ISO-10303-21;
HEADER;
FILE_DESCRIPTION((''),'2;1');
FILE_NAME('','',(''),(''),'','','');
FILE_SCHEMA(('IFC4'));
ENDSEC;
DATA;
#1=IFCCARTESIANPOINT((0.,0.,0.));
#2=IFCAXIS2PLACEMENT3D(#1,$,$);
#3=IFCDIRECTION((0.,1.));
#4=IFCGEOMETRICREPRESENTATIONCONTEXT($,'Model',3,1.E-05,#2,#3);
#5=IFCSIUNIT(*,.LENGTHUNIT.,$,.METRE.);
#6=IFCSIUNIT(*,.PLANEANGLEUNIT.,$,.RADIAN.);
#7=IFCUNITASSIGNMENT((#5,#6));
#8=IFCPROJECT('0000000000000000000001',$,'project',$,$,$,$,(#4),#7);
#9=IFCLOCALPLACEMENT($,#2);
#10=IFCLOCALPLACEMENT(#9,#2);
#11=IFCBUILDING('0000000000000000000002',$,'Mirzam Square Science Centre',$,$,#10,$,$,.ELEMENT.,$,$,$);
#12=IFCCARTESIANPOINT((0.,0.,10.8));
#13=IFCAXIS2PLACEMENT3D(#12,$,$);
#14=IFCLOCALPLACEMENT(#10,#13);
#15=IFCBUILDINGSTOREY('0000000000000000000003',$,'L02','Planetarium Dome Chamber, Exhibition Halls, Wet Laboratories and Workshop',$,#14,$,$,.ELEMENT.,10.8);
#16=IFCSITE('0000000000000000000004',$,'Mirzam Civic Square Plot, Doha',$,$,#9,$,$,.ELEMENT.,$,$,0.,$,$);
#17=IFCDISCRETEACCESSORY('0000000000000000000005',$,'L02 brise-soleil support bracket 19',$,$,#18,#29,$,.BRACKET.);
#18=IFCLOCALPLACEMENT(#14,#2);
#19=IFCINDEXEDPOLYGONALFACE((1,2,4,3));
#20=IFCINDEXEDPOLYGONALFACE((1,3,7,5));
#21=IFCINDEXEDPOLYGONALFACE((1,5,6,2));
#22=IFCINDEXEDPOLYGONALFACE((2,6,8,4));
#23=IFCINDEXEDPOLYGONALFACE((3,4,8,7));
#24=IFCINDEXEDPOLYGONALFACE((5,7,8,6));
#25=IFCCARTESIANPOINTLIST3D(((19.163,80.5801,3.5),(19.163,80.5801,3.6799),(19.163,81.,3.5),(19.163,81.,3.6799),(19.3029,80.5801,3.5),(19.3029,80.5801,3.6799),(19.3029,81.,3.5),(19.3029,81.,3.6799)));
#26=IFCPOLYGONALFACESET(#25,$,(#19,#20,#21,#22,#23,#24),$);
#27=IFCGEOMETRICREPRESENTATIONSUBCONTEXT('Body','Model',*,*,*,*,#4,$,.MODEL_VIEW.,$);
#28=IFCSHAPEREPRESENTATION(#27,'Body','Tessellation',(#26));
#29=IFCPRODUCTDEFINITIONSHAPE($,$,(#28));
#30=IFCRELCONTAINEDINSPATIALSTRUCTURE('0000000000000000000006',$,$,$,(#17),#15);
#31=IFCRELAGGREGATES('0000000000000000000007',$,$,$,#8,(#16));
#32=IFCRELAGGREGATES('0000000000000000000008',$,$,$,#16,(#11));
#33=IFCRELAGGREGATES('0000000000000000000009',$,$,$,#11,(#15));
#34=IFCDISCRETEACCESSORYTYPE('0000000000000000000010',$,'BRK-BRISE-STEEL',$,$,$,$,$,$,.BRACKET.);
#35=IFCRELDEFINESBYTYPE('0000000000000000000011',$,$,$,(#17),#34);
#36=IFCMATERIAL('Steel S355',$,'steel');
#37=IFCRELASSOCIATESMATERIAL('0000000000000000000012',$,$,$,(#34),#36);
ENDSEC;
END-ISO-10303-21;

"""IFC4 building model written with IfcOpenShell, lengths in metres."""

from ifc_helpers import new_model, si_unit, direction, frame, origin, origin_2d, place, context, subcontext, project, spatial, rectangle, extrude, material, type_object, element, save


model = new_model("IFC4")

# Units and contexts
model_context = context("Model", 3, precision=1e-05, world=origin(), true_north=direction((0.0, 1.0)))
body_context = subcontext(model_context, "Body", "Model", "MODEL_VIEW")
ifc_project = project(units=[si_unit("LENGTHUNIT", "METRE"), si_unit("PLANEANGLEUNIT", "RADIAN")], contexts=[model_context])

# Site, building, storey
site_placement = place(None, origin())
site = spatial("IfcSite", under=ifc_project, at=site_placement, Name="Mirzam Civic Square Plot, Doha", CompositionType="ELEMENT", RefElevation=0.0)
building_placement = place(site_placement, origin())
building = spatial("IfcBuilding", under=site, at=building_placement, Name="Mirzam Square Science Centre", CompositionType="ELEMENT")
storey_placement = place(building_placement, frame((0.0, 0.0, 10.8)))
storey = spatial("IfcBuildingStorey", under=building, at=storey_placement, Name="L02", Description="Planetarium Dome Chamber, Exhibition Halls, Wet Laboratories and Workshop", CompositionType="ELEMENT", Elevation=10.8)

# Shared definitions
ifc_material_1 = material(Name="Steel S355", Category="steel")

# Discrete accessory
discrete_accessory_type = type_object("IfcDiscreteAccessoryType", Name="BRK-BRISE-STEEL", PredefinedType="BRACKET", material=ifc_material_1)
discrete_accessory_placement = place(storey_placement, frame((19.2329, 80.79, 3.5), z_axis=(0.0, 0.0, 1.0), x_axis=(-1.0, 0.0, 0.0)))
element("IfcDiscreteAccessory", 1, at=discrete_accessory_placement, inside=storey, type_object=discrete_accessory_type, Name="L02 brise-soleil support bracket 19", PredefinedType="BRACKET", context=body_context, shape_type="SweptSolid", body=[
    extrude(rectangle(XDim=0.1399, YDim=0.4199, at=origin_2d()), origin(), (0.0, 0.0, 1.0), 0.1799),
])

save(model, "model.ifc")
